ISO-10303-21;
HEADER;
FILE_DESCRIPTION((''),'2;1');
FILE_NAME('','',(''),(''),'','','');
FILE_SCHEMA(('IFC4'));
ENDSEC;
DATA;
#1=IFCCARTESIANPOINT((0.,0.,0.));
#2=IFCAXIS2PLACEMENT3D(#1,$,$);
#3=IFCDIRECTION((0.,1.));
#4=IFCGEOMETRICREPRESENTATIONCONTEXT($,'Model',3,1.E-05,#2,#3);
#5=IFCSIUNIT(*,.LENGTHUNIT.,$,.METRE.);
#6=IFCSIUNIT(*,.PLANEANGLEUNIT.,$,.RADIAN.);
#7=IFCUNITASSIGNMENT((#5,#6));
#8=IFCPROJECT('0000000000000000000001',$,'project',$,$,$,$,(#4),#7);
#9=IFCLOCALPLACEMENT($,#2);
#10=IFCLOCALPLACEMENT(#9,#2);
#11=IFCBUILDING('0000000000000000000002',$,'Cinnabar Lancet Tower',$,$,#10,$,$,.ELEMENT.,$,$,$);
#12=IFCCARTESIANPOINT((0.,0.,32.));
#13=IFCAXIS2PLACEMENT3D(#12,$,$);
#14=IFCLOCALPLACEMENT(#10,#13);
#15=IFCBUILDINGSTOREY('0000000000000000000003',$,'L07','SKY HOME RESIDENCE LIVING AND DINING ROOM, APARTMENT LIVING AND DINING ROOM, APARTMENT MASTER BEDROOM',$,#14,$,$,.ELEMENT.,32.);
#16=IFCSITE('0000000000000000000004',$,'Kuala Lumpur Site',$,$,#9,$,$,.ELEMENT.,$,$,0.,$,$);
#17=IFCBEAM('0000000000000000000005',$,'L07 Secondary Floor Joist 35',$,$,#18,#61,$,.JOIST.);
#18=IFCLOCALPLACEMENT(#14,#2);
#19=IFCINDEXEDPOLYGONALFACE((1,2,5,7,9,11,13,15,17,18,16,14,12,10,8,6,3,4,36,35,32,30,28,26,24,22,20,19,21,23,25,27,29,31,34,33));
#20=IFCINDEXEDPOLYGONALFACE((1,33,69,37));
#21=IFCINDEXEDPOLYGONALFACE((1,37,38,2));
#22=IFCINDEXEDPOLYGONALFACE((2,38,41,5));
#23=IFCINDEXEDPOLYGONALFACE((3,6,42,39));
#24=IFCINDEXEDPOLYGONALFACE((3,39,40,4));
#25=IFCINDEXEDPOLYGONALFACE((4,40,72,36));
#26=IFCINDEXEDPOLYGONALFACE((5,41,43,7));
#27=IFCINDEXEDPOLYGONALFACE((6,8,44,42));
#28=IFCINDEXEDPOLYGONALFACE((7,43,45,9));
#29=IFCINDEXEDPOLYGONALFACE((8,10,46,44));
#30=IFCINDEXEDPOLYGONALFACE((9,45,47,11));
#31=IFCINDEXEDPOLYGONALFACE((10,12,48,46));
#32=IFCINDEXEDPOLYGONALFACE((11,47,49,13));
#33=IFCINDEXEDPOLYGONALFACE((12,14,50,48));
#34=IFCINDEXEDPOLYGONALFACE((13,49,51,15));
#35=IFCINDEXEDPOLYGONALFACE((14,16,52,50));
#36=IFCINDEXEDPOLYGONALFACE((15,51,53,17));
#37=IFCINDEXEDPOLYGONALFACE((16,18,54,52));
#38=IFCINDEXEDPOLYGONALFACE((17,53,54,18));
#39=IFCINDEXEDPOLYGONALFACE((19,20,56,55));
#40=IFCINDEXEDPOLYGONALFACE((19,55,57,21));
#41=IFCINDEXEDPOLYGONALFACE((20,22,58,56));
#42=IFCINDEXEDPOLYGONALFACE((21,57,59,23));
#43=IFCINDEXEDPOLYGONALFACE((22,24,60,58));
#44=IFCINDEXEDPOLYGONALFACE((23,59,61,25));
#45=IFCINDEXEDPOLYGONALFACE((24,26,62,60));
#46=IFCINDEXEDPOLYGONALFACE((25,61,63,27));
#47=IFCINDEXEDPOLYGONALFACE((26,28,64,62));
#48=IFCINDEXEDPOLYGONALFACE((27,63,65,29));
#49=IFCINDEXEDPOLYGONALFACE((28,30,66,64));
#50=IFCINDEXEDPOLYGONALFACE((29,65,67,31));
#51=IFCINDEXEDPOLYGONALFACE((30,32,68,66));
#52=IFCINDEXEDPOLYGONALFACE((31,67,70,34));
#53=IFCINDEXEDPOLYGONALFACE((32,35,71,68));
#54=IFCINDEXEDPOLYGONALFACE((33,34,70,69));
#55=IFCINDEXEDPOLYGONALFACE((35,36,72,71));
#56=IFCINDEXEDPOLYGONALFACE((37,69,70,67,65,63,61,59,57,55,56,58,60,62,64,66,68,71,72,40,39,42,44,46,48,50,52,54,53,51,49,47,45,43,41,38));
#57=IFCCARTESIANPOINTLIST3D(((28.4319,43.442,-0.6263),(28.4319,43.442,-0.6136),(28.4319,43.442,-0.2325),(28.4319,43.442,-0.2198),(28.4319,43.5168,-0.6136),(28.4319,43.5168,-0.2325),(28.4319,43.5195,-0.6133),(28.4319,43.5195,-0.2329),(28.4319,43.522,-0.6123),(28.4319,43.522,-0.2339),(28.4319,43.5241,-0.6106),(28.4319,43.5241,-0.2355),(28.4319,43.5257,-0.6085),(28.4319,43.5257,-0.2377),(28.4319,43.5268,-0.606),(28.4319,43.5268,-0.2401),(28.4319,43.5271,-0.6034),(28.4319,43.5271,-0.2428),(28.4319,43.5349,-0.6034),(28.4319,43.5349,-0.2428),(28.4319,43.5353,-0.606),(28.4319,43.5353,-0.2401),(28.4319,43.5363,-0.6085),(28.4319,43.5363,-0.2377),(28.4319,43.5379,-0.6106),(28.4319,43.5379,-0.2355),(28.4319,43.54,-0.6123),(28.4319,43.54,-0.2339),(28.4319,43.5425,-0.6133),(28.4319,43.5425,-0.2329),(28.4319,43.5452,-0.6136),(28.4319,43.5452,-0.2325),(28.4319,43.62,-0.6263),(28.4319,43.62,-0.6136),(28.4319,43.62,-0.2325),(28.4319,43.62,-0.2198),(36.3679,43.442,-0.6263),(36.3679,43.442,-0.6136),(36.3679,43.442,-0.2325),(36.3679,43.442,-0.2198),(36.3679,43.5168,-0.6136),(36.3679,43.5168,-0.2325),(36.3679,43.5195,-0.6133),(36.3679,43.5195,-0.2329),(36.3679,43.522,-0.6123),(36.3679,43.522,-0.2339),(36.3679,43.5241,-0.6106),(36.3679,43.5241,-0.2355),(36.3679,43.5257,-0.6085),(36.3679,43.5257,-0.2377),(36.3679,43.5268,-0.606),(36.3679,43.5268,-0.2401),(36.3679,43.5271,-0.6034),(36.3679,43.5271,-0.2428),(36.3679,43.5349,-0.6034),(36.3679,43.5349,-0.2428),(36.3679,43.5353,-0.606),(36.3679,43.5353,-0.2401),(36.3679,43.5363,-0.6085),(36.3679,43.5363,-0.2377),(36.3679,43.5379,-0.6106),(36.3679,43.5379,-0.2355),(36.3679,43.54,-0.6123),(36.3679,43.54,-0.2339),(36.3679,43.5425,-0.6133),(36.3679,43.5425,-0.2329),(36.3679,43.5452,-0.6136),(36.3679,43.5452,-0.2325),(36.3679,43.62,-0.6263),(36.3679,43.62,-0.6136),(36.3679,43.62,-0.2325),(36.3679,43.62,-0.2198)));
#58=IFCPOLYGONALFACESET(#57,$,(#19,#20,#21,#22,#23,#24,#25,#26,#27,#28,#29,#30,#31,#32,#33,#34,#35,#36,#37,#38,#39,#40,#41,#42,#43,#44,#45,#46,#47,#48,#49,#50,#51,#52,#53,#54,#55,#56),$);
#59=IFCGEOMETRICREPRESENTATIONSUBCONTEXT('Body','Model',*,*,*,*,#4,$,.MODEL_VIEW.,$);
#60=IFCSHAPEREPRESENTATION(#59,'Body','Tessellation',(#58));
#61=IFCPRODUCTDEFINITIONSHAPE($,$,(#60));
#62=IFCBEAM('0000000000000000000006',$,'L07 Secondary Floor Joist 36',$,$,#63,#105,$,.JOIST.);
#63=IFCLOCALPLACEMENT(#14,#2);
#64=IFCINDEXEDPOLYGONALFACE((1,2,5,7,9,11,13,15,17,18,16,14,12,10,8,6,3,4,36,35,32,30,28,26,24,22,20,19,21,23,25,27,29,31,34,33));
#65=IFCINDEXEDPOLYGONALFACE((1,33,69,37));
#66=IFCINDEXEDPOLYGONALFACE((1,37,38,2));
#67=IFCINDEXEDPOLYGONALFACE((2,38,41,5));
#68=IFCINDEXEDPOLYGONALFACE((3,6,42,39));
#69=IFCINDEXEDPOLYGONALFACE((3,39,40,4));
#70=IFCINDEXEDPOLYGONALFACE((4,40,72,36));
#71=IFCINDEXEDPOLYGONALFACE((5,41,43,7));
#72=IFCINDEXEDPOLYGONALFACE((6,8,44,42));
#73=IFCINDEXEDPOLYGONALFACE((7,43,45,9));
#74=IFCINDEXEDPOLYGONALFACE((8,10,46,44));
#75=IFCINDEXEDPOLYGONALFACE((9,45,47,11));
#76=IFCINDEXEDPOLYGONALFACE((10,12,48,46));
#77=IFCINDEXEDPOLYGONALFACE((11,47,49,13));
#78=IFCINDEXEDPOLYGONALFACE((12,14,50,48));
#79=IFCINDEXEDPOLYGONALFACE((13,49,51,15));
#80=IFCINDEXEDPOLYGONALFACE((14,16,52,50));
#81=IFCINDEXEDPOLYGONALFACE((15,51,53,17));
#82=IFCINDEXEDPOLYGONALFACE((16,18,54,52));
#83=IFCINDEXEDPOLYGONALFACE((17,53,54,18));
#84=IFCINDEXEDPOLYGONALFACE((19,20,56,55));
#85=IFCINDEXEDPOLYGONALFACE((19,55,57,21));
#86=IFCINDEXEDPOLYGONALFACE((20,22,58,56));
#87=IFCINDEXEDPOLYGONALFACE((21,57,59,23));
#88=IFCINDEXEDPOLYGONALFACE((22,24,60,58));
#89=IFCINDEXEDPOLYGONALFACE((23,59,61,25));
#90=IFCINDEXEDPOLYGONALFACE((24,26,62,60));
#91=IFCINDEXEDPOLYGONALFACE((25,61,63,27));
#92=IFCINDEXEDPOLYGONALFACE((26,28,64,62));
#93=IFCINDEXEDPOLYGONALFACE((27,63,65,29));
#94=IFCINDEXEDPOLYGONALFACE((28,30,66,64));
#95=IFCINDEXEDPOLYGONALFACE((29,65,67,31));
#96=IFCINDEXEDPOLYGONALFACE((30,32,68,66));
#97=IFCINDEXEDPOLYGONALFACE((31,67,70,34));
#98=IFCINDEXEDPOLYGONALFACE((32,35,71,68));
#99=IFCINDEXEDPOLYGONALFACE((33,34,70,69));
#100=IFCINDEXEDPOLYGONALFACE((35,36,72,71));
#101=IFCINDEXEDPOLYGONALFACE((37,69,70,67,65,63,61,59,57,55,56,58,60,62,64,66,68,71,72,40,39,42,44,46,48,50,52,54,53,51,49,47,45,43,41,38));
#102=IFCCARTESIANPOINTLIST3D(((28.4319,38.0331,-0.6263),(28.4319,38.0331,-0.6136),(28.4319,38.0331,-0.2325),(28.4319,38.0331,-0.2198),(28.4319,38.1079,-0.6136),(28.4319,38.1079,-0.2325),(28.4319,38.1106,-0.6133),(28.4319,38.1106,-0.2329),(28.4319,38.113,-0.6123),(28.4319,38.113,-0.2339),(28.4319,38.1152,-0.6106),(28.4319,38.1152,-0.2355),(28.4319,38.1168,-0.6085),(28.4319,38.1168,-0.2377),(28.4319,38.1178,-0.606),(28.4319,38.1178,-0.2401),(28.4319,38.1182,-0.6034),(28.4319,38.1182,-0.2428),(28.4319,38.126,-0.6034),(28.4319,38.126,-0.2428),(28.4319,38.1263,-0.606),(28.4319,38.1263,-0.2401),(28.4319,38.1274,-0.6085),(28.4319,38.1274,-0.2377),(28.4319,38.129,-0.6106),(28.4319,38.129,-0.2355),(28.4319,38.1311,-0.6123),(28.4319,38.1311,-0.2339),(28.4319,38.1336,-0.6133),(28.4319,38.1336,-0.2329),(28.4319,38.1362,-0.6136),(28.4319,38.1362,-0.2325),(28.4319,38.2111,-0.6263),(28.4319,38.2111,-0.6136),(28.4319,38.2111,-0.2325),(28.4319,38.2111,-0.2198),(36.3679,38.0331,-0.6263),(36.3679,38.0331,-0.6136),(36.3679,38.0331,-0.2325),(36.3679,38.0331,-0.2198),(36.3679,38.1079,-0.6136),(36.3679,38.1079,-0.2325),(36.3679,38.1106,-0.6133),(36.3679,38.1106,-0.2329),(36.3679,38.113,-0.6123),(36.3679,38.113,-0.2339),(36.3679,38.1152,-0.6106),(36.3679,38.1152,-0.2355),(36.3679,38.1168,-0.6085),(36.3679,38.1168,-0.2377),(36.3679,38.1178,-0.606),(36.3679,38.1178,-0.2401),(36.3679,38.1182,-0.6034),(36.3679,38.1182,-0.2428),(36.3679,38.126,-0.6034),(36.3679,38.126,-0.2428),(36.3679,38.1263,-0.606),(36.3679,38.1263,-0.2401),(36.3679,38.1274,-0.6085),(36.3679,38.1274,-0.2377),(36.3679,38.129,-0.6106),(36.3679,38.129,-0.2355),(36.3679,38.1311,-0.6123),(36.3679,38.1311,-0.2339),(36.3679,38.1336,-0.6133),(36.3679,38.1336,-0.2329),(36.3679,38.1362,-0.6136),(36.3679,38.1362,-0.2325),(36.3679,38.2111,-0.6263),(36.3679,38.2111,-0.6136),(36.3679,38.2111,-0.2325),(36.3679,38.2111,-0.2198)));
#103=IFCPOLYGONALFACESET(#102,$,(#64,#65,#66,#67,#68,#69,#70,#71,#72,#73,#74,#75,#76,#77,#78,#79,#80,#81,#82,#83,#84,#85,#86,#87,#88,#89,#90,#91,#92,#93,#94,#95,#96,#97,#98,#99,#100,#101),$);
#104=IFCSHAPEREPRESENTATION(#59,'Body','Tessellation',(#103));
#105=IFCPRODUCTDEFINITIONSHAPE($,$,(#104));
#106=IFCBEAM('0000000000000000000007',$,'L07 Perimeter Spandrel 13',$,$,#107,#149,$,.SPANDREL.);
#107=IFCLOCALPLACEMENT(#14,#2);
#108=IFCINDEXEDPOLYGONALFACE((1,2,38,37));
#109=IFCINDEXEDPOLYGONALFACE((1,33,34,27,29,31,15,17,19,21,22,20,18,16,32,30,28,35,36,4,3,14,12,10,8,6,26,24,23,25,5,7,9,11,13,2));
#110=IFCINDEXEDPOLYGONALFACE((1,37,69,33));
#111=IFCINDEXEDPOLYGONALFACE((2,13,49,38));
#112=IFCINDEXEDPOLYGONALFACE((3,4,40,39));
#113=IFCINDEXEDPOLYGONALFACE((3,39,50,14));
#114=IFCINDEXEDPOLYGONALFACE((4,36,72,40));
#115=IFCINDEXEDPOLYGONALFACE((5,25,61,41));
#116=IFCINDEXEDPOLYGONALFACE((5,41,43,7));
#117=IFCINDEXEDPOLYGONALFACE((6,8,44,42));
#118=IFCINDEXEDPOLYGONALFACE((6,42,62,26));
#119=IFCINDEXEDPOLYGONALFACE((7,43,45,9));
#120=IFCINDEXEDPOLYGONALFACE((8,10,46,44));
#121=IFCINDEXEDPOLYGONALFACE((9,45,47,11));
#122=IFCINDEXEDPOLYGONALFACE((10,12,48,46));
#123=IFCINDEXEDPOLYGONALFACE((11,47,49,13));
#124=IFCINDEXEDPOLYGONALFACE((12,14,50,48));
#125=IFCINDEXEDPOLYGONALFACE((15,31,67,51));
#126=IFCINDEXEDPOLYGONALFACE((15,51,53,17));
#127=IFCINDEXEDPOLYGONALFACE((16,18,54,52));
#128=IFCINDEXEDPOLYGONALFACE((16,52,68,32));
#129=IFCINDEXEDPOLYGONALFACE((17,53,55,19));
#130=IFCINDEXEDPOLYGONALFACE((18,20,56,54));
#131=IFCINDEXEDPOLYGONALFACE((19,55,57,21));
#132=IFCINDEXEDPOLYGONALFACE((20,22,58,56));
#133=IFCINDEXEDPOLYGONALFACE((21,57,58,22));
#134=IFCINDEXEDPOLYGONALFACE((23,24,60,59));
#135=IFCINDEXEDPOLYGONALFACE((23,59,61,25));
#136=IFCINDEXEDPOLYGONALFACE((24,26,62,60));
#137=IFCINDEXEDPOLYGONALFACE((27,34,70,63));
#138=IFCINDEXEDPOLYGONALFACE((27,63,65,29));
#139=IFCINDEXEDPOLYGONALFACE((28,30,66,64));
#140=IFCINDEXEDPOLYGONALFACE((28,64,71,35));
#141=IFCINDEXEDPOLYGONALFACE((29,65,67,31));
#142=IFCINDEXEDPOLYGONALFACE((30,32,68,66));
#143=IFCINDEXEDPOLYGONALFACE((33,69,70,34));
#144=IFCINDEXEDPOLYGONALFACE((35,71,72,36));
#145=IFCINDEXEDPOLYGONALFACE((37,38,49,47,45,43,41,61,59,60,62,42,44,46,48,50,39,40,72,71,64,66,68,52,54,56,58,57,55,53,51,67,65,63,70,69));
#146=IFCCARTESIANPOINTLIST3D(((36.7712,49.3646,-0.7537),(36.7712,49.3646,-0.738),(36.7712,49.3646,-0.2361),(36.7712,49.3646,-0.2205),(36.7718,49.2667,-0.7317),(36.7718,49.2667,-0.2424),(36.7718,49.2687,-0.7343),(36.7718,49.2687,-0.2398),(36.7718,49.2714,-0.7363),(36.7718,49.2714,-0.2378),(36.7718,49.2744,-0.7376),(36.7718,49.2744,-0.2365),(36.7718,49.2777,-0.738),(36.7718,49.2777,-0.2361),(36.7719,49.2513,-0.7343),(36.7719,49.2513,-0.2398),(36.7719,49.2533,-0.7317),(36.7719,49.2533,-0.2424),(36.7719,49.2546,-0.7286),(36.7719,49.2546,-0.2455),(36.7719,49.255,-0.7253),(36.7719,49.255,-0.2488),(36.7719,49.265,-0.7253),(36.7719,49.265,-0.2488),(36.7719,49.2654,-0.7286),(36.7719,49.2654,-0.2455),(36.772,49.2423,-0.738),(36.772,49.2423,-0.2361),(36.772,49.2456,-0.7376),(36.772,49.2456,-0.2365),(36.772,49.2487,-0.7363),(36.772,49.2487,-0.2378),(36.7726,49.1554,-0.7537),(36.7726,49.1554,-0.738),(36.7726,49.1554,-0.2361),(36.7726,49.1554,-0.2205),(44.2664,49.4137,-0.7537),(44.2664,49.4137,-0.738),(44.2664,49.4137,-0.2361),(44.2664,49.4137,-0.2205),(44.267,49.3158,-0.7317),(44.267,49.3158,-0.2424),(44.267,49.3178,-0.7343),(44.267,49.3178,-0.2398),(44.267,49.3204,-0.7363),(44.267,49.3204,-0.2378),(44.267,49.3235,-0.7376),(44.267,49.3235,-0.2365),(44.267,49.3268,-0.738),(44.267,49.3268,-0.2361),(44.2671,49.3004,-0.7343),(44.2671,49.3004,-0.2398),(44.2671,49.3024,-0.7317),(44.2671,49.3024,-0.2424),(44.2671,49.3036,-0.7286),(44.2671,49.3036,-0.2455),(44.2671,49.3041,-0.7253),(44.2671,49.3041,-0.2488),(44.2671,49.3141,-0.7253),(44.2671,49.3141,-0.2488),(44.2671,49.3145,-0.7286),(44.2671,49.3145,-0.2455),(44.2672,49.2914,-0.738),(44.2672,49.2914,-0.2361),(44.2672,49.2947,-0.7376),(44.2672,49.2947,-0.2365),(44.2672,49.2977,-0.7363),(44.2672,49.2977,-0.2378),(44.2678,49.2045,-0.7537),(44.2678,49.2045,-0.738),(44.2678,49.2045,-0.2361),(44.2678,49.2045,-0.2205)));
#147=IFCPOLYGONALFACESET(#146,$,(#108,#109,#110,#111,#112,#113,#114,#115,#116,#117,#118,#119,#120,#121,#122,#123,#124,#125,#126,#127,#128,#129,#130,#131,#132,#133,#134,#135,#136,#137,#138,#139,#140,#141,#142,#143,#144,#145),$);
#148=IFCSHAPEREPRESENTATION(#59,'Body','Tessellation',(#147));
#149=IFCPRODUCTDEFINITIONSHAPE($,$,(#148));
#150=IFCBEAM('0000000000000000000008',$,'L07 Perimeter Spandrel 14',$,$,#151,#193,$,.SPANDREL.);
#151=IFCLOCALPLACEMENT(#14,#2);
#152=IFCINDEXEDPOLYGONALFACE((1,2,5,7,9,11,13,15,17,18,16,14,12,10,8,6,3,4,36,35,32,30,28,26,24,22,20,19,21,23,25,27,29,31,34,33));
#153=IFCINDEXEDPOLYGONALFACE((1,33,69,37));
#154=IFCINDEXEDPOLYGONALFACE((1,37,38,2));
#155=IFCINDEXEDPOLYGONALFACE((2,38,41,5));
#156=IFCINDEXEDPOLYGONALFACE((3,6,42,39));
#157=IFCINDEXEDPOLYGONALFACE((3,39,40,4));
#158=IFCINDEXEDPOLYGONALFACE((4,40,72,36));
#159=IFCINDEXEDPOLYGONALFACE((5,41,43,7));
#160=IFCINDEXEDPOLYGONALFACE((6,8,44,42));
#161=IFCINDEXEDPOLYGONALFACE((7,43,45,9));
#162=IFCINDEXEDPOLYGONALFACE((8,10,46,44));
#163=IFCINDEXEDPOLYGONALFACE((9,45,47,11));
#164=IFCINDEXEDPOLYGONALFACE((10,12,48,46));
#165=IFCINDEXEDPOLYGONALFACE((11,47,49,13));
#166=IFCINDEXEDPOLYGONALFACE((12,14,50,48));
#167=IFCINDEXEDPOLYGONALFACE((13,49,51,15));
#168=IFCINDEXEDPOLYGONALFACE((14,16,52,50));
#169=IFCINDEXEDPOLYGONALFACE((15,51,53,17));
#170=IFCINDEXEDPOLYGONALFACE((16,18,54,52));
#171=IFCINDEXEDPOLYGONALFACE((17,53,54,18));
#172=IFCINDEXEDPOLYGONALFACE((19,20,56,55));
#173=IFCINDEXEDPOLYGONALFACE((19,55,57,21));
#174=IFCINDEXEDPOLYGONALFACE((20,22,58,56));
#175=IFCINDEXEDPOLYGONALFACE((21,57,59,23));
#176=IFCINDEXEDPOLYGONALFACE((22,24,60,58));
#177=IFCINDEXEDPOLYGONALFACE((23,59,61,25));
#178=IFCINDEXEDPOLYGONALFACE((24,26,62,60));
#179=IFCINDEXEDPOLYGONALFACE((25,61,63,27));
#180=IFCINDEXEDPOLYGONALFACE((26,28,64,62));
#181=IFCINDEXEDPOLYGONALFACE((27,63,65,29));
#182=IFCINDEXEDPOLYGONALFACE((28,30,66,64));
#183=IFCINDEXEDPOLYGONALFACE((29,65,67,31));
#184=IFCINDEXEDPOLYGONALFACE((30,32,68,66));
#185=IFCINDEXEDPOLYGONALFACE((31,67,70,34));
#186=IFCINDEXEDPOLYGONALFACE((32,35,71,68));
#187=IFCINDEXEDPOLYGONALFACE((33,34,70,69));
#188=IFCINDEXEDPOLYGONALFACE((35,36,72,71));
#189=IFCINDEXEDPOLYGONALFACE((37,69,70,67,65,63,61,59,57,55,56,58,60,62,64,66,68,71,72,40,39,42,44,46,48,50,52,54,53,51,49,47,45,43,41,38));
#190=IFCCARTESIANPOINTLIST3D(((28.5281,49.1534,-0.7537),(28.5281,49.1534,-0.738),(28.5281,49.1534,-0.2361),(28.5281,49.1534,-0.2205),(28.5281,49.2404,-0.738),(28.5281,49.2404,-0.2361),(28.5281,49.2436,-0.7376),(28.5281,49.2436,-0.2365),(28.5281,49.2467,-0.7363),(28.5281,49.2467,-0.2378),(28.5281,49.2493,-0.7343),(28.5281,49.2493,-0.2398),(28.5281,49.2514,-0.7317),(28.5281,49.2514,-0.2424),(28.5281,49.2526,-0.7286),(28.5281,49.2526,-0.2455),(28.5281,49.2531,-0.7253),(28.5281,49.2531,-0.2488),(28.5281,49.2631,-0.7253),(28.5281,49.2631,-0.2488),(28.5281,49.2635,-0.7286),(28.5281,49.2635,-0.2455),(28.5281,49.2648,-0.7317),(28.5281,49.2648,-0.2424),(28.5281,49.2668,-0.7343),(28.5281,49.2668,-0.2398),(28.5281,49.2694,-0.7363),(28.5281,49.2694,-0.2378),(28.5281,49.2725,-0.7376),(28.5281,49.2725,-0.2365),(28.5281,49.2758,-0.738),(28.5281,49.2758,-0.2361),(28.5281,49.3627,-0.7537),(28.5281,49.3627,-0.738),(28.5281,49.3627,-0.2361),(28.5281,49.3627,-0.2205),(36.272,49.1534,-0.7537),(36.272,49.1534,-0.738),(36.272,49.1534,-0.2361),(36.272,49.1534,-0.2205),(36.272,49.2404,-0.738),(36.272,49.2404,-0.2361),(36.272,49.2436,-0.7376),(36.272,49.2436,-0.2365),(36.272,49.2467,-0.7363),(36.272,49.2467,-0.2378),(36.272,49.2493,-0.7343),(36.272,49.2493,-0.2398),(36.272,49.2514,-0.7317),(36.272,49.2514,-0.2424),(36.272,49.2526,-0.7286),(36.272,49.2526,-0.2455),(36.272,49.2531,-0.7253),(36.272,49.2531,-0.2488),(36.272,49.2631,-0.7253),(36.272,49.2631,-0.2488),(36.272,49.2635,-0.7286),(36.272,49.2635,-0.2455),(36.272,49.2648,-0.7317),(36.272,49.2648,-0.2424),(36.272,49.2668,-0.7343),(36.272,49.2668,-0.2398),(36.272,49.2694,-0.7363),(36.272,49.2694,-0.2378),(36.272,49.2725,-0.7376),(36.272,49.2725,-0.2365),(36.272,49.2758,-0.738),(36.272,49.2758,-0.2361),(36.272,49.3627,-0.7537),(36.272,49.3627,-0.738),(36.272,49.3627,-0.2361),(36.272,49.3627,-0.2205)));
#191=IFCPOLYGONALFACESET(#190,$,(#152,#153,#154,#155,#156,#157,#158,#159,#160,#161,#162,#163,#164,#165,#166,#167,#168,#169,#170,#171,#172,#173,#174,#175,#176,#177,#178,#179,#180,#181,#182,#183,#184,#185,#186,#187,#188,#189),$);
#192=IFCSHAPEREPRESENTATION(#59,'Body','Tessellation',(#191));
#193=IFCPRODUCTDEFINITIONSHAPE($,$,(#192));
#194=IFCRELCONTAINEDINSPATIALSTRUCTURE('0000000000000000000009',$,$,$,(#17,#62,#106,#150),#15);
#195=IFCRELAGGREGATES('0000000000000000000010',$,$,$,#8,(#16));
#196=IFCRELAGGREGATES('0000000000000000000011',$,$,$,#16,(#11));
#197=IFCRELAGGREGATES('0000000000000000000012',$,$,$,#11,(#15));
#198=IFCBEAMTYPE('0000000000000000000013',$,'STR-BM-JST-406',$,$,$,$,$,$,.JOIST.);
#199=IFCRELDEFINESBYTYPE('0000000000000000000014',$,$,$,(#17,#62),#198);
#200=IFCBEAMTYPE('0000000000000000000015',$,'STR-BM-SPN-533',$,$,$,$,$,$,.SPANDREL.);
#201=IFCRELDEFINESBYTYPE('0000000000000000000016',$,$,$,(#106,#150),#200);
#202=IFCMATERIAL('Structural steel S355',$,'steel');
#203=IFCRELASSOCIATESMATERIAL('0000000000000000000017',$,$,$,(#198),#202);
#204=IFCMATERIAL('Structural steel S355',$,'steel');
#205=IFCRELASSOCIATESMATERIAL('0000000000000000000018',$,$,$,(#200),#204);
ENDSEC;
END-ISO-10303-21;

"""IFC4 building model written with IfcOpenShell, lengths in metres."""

from ifc_helpers import new_model, si_unit, direction, frame, origin, origin_2d, place, context, subcontext, project, spatial, i_section, extrude, material, material_profile, profile_set, type_object, element, save


model = new_model("IFC4")

# Units and contexts
model_context = context("Model", 3, precision=1e-05, world=origin(), true_north=direction((0.0, 1.0)))
body_context = subcontext(model_context, "Body", "Model", "MODEL_VIEW")
ifc_project = project(units=[si_unit("LENGTHUNIT", "METRE"), si_unit("PLANEANGLEUNIT", "RADIAN")], contexts=[model_context])

# Site, building, storey
site_placement = place(None, origin())
site = spatial("IfcSite", under=ifc_project, at=site_placement, Name="Kuala Lumpur Site", CompositionType="ELEMENT", RefElevation=0.0)
building_placement = place(site_placement, origin())
building = spatial("IfcBuilding", under=site, at=building_placement, Name="Cinnabar Lancet Tower", CompositionType="ELEMENT")
storey_placement = place(building_placement, frame((0.0, 0.0, 32.0)))
storey = spatial("IfcBuildingStorey", under=building, at=storey_placement, Name="L07", Description="SKY HOME RESIDENCE LIVING AND DINING ROOM, APARTMENT LIVING AND DINING ROOM, APARTMENT MASTER BEDROOM", CompositionType="ELEMENT", Elevation=32.0)

# Beams
ifc_material_1 = material(Name="Structural steel S355", Category="steel")
ifc_material_profile_1 = material_profile(ifc_material_1, i_section(OverallWidth=0.178, OverallDepth=0.4065, WebThickness=0.0078, FlangeThickness=0.0127, FilletRadius=0.0103, at=origin_2d()), Name="UKB 406x178x60")
ifc_profile_set_1 = profile_set([ifc_material_profile_1], Name="Structural steel S355")
beam_type_1 = type_object("IfcBeamType", Name="STR-BM-JST-406", PredefinedType="JOIST", material=ifc_profile_set_1)
for number, where, z_axis, x_axis, name in (
    (1, (36.3679, 43.531, -0.4231), (-1.0, 0.0, 0.0), (0.0, -1.0, 0.0), "L07 Secondary Floor Joist 35"),
    (2, (36.3679, 38.1221, -0.4231), (-1.0, 0.0, 0.0), (0.0, -1.0, 0.0), "L07 Secondary Floor Joist 36"),
):
    element("IfcBeam", number, at=place(storey_placement, frame(where, z_axis=z_axis, x_axis=x_axis)), inside=storey, type_object=beam_type_1, Name=name, PredefinedType="JOIST", context=body_context, shape_type="SweptSolid", body=[
        extrude(i_section(OverallWidth=0.178, OverallDepth=0.4065, WebThickness=0.0078, FlangeThickness=0.0127, FilletRadius=0.0103, at=origin_2d()), origin(), (0.0, 0.0, 1.0), 7.936),
    ])
ifc_material_2 = material(Name="Structural steel S355", Category="steel")
ifc_material_profile_2 = material_profile(ifc_material_2, i_section(OverallWidth=0.2092, OverallDepth=0.5332, WebThickness=0.01, FlangeThickness=0.0156, FilletRadius=0.0127, at=origin_2d()), Name="UKB 533x210x92")
ifc_profile_set_2 = profile_set([ifc_material_profile_2], Name="Structural steel S355")
beam_type_2 = type_object("IfcBeamType", Name="STR-BM-SPN-533", PredefinedType="SPANDREL", material=ifc_profile_set_2)
beam_1_placement = place(storey_placement, frame((44.2671, 49.3091, -0.4871), z_axis=(-0.999979, -0.006547, 0.0), x_axis=(0.006547, -0.999979, 0.0)))
element("IfcBeam", 3, at=beam_1_placement, inside=storey, type_object=beam_type_2, Name="L07 Perimeter Spandrel 13", PredefinedType="SPANDREL", context=body_context, shape_type="SweptSolid", body=[
    extrude(i_section(OverallWidth=0.2092, OverallDepth=0.5332, WebThickness=0.01, FlangeThickness=0.0156, FilletRadius=0.0127, at=origin_2d()), origin(), (0.0, 0.0, 1.0), 7.4954),
])
beam_2_placement = place(storey_placement, frame((36.272, 49.2581, -0.4871), z_axis=(-1.0, 0.0, 0.0), x_axis=(0.0, -1.0, 0.0)))
element("IfcBeam", 4, at=beam_2_placement, inside=storey, type_object=beam_type_2, Name="L07 Perimeter Spandrel 14", PredefinedType="SPANDREL", context=body_context, shape_type="SweptSolid", body=[
    extrude(i_section(OverallWidth=0.2092, OverallDepth=0.5332, WebThickness=0.01, FlangeThickness=0.0156, FilletRadius=0.0127, at=origin_2d()), origin(), (0.0, 0.0, 1.0), 7.7439),
])

save(model, "model.ifc")
